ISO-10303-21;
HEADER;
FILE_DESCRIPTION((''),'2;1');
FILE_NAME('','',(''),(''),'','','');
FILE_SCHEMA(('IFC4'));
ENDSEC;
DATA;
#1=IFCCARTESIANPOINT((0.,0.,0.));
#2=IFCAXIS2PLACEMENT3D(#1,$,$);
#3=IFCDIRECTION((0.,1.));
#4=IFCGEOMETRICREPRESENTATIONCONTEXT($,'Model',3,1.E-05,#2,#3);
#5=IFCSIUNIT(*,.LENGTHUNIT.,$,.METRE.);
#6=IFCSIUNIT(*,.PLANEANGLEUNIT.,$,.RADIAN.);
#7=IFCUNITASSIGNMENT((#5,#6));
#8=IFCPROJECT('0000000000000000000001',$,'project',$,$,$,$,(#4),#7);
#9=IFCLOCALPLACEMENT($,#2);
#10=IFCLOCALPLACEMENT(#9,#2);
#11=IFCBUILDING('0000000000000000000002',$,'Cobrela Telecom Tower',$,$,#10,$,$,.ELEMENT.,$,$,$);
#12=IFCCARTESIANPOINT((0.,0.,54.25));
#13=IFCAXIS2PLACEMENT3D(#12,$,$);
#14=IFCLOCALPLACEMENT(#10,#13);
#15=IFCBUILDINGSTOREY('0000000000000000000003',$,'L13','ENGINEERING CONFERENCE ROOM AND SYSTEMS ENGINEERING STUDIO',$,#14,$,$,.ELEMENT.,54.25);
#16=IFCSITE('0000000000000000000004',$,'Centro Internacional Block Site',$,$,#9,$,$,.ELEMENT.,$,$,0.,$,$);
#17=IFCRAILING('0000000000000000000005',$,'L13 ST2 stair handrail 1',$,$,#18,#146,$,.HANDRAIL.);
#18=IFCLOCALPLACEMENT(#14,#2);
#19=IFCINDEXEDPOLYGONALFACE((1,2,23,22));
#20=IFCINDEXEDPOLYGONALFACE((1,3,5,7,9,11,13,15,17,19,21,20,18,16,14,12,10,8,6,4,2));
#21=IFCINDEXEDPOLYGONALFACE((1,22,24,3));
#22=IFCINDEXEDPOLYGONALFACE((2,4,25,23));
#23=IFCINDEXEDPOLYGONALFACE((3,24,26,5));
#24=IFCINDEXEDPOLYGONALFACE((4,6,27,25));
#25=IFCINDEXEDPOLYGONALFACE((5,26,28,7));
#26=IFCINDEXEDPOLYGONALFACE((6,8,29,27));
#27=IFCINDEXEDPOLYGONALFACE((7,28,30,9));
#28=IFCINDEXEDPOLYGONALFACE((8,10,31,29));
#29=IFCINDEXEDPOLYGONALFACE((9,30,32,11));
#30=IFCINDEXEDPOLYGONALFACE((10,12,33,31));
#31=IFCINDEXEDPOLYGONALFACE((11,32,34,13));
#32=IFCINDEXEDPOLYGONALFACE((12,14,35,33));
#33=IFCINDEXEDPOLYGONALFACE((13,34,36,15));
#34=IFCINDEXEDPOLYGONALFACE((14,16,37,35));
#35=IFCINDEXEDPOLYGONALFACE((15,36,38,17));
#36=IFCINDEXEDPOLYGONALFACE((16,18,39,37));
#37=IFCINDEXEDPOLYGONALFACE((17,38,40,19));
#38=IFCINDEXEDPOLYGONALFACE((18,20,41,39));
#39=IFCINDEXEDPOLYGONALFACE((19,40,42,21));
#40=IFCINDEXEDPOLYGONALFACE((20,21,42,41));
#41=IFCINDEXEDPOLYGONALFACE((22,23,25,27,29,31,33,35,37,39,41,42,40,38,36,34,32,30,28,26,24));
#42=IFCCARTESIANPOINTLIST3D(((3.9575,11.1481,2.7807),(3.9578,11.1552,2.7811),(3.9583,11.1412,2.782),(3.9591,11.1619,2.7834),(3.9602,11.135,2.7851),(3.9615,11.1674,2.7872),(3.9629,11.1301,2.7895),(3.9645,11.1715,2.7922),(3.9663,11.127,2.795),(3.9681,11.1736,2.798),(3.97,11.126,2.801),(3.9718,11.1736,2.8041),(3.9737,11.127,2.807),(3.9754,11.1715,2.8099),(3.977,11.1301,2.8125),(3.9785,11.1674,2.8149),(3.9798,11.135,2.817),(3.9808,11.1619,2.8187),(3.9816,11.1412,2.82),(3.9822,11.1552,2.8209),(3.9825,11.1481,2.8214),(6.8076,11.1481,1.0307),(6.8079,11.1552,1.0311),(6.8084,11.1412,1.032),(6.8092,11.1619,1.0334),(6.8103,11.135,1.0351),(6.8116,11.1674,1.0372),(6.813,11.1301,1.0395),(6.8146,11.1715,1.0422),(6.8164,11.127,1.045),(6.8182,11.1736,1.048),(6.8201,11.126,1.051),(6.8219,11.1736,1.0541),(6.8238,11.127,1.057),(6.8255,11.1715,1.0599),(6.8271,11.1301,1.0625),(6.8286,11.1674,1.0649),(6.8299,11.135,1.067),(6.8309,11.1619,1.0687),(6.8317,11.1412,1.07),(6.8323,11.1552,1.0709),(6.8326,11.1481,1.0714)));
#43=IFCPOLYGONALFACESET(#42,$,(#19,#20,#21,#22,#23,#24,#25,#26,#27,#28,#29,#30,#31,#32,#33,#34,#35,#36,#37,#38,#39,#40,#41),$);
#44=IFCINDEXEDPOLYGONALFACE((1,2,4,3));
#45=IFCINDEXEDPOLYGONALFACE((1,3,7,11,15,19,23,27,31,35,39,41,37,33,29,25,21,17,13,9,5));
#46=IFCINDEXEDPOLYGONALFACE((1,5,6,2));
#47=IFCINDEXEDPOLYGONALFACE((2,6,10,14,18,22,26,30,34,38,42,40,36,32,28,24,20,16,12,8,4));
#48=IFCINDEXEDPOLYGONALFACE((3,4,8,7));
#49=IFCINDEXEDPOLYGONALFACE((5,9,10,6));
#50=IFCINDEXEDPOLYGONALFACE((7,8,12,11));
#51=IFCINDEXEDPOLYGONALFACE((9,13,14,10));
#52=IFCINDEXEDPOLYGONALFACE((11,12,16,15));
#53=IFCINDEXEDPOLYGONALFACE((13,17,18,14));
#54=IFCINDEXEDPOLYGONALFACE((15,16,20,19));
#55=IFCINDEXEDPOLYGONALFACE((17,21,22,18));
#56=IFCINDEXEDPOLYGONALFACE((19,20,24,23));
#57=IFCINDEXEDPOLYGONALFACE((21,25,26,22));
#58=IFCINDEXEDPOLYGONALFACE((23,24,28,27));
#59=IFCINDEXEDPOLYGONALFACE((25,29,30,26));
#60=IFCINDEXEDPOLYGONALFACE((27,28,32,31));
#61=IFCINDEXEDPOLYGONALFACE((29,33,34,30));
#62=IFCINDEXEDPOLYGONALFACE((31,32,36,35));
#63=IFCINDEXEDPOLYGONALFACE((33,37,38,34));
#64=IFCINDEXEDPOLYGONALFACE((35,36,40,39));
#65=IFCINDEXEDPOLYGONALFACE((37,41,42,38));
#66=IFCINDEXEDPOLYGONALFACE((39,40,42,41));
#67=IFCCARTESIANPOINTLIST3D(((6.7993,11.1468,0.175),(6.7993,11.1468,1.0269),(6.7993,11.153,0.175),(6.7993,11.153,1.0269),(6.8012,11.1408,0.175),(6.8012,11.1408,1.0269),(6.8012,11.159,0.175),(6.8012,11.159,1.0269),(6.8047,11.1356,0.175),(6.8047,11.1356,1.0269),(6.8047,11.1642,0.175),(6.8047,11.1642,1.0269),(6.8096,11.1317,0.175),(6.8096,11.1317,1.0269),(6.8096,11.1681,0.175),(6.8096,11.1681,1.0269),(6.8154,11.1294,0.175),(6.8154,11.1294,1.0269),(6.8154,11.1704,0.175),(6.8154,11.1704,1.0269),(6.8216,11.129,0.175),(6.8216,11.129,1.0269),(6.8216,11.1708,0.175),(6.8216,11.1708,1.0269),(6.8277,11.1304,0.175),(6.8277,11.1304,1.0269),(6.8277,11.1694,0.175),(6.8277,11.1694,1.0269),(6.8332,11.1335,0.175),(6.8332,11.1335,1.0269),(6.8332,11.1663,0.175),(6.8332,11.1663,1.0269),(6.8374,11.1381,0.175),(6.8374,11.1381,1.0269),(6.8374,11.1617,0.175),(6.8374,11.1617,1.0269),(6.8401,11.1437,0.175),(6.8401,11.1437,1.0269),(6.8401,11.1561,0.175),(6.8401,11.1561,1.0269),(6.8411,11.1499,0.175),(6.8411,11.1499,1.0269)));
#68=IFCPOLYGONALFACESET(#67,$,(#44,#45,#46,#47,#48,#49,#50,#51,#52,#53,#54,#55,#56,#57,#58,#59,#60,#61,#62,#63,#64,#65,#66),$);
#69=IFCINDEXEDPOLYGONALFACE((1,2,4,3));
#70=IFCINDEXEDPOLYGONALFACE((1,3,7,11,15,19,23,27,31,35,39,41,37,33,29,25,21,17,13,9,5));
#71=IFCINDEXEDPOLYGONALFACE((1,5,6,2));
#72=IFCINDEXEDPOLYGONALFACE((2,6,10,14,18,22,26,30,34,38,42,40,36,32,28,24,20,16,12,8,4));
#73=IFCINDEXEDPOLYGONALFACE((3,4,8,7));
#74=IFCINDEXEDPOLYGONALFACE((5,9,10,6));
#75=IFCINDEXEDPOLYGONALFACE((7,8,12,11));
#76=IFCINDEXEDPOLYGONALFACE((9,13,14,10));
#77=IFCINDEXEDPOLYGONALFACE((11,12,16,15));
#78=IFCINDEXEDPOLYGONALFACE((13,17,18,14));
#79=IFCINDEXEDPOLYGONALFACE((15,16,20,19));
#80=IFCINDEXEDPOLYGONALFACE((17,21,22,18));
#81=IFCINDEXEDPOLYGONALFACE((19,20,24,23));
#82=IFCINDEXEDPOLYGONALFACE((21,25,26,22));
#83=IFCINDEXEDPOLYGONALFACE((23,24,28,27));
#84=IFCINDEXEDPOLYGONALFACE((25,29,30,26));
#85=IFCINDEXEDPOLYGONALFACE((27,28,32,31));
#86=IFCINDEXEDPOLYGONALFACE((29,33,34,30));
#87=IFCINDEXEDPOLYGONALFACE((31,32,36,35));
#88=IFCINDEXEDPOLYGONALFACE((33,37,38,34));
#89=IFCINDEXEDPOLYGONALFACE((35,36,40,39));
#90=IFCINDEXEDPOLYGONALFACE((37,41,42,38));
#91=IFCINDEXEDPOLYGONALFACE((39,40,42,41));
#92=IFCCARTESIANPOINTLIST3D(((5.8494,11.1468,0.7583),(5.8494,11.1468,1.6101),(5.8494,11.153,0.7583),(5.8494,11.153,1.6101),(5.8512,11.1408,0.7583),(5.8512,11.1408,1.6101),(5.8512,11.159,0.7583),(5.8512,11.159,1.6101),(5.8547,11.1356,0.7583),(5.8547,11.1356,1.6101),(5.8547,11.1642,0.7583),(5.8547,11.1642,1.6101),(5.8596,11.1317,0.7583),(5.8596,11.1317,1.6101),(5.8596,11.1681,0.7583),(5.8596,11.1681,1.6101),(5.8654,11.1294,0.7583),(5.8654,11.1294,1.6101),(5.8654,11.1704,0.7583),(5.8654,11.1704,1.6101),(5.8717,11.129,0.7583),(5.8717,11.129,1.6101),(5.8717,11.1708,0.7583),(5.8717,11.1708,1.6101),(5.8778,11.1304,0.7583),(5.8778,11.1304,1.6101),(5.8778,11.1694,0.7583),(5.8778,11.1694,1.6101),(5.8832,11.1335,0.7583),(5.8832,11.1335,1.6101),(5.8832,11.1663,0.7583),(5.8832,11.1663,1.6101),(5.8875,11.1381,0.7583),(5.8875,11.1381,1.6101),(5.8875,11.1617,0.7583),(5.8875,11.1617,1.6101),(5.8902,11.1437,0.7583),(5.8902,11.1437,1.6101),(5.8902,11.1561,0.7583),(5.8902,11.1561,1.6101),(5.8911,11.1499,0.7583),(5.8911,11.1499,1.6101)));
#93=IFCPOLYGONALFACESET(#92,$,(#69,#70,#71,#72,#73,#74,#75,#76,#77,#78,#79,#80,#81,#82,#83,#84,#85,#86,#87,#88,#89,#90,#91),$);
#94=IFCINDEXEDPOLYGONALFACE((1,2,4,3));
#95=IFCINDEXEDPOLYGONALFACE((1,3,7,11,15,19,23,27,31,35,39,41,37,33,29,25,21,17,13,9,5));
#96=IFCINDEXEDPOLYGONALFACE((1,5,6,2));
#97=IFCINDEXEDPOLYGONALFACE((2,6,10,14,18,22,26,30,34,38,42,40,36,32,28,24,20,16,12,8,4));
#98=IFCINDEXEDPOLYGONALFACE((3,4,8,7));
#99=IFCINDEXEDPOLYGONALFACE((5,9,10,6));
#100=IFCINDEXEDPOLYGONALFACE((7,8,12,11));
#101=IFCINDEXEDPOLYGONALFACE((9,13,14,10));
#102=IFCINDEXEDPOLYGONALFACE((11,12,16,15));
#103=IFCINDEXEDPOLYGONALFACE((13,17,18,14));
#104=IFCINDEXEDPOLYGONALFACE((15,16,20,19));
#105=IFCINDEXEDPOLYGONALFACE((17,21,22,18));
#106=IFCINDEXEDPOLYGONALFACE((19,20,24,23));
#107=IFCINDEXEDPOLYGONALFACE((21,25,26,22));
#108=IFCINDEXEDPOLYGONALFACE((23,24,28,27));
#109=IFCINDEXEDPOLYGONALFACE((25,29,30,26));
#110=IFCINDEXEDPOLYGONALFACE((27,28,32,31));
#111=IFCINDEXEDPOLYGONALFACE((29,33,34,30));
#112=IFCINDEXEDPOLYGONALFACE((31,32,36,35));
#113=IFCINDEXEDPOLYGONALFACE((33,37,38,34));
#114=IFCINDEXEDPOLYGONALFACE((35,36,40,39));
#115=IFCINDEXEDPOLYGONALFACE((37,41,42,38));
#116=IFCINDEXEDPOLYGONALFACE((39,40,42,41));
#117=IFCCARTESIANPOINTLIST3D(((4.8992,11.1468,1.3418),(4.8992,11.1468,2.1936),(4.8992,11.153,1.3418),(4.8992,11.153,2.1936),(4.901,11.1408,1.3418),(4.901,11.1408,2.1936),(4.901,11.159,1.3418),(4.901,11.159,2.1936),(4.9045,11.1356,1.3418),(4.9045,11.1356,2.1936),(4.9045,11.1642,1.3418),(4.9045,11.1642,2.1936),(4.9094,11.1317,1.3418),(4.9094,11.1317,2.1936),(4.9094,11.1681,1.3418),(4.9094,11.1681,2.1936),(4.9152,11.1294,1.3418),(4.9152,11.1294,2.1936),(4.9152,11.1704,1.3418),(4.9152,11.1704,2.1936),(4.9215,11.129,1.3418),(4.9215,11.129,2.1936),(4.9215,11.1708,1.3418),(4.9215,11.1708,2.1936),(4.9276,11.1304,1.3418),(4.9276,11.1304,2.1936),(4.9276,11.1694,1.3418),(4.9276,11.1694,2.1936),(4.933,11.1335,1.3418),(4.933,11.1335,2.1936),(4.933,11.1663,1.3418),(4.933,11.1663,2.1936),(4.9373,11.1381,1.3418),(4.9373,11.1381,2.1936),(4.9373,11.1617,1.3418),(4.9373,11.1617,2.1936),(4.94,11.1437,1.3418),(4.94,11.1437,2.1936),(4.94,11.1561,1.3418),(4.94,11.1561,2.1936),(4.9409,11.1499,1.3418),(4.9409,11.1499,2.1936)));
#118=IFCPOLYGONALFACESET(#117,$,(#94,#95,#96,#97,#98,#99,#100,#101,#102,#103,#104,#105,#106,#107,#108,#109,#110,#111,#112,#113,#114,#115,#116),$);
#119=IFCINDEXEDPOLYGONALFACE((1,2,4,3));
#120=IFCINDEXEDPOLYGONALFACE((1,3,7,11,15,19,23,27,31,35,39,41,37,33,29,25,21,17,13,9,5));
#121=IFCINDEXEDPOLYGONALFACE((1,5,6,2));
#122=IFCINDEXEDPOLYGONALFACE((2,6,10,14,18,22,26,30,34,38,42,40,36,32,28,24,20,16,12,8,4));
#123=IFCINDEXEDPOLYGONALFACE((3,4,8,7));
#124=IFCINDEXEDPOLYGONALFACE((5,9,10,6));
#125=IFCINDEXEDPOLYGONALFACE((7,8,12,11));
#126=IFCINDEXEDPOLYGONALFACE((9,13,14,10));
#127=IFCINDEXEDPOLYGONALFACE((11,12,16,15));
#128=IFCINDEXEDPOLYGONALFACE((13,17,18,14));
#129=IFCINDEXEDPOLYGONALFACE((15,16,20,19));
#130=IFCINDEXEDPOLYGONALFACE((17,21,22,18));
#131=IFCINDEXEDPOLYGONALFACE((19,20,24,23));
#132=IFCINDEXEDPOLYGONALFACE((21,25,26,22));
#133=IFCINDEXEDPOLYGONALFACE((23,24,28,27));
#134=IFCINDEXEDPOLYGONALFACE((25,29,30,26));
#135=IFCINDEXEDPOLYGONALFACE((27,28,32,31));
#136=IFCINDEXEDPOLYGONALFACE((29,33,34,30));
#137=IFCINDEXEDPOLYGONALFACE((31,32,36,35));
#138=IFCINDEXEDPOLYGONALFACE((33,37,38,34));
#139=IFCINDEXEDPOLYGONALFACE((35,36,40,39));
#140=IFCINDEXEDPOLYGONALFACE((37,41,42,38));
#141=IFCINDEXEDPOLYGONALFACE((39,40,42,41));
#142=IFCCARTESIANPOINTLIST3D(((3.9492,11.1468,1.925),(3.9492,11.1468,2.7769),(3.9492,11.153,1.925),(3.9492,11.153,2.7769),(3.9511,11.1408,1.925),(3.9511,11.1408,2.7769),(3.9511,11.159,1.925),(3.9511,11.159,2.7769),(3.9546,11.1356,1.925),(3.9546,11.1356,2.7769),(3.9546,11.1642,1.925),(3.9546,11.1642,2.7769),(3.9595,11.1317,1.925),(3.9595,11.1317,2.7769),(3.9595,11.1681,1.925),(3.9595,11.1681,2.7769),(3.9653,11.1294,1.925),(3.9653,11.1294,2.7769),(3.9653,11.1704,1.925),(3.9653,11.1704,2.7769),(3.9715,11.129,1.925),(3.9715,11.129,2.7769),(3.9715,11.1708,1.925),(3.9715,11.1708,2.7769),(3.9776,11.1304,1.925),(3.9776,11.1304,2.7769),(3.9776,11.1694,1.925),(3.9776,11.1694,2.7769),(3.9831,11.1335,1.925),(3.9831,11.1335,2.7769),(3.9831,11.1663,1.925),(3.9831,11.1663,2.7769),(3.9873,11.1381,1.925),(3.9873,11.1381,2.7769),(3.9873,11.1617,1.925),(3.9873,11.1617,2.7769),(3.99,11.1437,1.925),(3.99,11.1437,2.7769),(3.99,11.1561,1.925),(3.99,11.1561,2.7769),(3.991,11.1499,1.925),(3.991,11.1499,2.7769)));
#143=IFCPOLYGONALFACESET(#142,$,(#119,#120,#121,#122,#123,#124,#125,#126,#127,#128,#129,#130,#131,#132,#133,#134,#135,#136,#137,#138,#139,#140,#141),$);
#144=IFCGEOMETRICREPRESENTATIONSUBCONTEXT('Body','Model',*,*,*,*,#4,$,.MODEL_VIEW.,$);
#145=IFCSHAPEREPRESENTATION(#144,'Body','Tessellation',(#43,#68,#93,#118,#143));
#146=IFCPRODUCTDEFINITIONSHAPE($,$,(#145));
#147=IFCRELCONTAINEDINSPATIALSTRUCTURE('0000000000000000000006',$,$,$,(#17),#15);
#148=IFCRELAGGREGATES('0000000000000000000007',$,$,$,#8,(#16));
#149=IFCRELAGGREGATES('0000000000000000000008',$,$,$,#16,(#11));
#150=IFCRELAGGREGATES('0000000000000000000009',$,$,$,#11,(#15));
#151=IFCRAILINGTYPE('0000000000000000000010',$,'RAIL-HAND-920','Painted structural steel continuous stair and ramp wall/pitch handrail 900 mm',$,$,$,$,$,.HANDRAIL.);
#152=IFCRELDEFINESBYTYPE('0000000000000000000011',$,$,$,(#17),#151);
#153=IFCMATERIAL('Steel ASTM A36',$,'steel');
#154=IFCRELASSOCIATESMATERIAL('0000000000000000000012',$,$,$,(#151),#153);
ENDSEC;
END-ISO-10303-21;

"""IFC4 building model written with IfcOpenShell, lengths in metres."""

from ifc_helpers import new_model, si_unit, direction, frame, origin, origin_2d, place, context, subcontext, project, spatial, circle, extrude, material, type_object, element, save


model = new_model("IFC4")

# Units and contexts
model_context = context("Model", 3, precision=1e-05, world=origin(), true_north=direction((0.0, 1.0)))
body_context = subcontext(model_context, "Body", "Model", "MODEL_VIEW")
ifc_project = project(units=[si_unit("LENGTHUNIT", "METRE"), si_unit("PLANEANGLEUNIT", "RADIAN")], contexts=[model_context])

# Site, building, storey
site_placement = place(None, origin())
site = spatial("IfcSite", under=ifc_project, at=site_placement, Name="Centro Internacional Block Site", CompositionType="ELEMENT", RefElevation=0.0)
building_placement = place(site_placement, origin())
building = spatial("IfcBuilding", under=site, at=building_placement, Name="Cobrela Telecom Tower", CompositionType="ELEMENT")
storey_placement = place(building_placement, frame((0.0, 0.0, 54.25)))
storey = spatial("IfcBuildingStorey", under=building, at=storey_placement, Name="L13", Description="ENGINEERING CONFERENCE ROOM AND SYSTEMS ENGINEERING STUDIO", CompositionType="ELEMENT", Elevation=54.25)

# Railing
ifc_material_1 = material(Name="Steel ASTM A36", Category="steel")
railing_type_1 = type_object("IfcRailingType", Name="RAIL-HAND-920", Description="Painted structural steel continuous stair and ramp wall/pitch handrail 900 mm", PredefinedType="HANDRAIL", material=ifc_material_1)
railing_1_placement = place(storey_placement, frame((6.8201, 11.1499, 0.175)))
element("IfcRailing", 1, at=railing_1_placement, inside=storey, type_object=railing_type_1, Name="L13 ST2 stair handrail 1", PredefinedType="HANDRAIL", context=body_context, shape_type="SweptSolid", body=[
    extrude(circle(Radius=0.0239, at=origin_2d()), frame((0.0, 0.0, 0.876), z_axis=(-0.852179, 0.0, 0.52325), x_axis=(0.0, -1.0, 0.0)), (0.0, 0.0, 1.0), 3.3445),
    extrude(circle(Radius=0.021, at=origin_2d()), origin(), (0.0, 0.0, 1.0), 0.8518),
    extrude(circle(Radius=0.021, at=origin_2d()), frame((-0.95, 0.0, 0.5833)), (0.0, 0.0, 1.0), 0.8518),
    extrude(circle(Radius=0.021, at=origin_2d()), frame((-1.9001, 0.0, 1.1667)), (0.0, 0.0, 1.0), 0.8518),
    extrude(circle(Radius=0.021, at=origin_2d()), frame((-2.8501, 0.0, 1.75)), (0.0, 0.0, 1.0), 0.8518),
])

save(model, "model.ifc")
